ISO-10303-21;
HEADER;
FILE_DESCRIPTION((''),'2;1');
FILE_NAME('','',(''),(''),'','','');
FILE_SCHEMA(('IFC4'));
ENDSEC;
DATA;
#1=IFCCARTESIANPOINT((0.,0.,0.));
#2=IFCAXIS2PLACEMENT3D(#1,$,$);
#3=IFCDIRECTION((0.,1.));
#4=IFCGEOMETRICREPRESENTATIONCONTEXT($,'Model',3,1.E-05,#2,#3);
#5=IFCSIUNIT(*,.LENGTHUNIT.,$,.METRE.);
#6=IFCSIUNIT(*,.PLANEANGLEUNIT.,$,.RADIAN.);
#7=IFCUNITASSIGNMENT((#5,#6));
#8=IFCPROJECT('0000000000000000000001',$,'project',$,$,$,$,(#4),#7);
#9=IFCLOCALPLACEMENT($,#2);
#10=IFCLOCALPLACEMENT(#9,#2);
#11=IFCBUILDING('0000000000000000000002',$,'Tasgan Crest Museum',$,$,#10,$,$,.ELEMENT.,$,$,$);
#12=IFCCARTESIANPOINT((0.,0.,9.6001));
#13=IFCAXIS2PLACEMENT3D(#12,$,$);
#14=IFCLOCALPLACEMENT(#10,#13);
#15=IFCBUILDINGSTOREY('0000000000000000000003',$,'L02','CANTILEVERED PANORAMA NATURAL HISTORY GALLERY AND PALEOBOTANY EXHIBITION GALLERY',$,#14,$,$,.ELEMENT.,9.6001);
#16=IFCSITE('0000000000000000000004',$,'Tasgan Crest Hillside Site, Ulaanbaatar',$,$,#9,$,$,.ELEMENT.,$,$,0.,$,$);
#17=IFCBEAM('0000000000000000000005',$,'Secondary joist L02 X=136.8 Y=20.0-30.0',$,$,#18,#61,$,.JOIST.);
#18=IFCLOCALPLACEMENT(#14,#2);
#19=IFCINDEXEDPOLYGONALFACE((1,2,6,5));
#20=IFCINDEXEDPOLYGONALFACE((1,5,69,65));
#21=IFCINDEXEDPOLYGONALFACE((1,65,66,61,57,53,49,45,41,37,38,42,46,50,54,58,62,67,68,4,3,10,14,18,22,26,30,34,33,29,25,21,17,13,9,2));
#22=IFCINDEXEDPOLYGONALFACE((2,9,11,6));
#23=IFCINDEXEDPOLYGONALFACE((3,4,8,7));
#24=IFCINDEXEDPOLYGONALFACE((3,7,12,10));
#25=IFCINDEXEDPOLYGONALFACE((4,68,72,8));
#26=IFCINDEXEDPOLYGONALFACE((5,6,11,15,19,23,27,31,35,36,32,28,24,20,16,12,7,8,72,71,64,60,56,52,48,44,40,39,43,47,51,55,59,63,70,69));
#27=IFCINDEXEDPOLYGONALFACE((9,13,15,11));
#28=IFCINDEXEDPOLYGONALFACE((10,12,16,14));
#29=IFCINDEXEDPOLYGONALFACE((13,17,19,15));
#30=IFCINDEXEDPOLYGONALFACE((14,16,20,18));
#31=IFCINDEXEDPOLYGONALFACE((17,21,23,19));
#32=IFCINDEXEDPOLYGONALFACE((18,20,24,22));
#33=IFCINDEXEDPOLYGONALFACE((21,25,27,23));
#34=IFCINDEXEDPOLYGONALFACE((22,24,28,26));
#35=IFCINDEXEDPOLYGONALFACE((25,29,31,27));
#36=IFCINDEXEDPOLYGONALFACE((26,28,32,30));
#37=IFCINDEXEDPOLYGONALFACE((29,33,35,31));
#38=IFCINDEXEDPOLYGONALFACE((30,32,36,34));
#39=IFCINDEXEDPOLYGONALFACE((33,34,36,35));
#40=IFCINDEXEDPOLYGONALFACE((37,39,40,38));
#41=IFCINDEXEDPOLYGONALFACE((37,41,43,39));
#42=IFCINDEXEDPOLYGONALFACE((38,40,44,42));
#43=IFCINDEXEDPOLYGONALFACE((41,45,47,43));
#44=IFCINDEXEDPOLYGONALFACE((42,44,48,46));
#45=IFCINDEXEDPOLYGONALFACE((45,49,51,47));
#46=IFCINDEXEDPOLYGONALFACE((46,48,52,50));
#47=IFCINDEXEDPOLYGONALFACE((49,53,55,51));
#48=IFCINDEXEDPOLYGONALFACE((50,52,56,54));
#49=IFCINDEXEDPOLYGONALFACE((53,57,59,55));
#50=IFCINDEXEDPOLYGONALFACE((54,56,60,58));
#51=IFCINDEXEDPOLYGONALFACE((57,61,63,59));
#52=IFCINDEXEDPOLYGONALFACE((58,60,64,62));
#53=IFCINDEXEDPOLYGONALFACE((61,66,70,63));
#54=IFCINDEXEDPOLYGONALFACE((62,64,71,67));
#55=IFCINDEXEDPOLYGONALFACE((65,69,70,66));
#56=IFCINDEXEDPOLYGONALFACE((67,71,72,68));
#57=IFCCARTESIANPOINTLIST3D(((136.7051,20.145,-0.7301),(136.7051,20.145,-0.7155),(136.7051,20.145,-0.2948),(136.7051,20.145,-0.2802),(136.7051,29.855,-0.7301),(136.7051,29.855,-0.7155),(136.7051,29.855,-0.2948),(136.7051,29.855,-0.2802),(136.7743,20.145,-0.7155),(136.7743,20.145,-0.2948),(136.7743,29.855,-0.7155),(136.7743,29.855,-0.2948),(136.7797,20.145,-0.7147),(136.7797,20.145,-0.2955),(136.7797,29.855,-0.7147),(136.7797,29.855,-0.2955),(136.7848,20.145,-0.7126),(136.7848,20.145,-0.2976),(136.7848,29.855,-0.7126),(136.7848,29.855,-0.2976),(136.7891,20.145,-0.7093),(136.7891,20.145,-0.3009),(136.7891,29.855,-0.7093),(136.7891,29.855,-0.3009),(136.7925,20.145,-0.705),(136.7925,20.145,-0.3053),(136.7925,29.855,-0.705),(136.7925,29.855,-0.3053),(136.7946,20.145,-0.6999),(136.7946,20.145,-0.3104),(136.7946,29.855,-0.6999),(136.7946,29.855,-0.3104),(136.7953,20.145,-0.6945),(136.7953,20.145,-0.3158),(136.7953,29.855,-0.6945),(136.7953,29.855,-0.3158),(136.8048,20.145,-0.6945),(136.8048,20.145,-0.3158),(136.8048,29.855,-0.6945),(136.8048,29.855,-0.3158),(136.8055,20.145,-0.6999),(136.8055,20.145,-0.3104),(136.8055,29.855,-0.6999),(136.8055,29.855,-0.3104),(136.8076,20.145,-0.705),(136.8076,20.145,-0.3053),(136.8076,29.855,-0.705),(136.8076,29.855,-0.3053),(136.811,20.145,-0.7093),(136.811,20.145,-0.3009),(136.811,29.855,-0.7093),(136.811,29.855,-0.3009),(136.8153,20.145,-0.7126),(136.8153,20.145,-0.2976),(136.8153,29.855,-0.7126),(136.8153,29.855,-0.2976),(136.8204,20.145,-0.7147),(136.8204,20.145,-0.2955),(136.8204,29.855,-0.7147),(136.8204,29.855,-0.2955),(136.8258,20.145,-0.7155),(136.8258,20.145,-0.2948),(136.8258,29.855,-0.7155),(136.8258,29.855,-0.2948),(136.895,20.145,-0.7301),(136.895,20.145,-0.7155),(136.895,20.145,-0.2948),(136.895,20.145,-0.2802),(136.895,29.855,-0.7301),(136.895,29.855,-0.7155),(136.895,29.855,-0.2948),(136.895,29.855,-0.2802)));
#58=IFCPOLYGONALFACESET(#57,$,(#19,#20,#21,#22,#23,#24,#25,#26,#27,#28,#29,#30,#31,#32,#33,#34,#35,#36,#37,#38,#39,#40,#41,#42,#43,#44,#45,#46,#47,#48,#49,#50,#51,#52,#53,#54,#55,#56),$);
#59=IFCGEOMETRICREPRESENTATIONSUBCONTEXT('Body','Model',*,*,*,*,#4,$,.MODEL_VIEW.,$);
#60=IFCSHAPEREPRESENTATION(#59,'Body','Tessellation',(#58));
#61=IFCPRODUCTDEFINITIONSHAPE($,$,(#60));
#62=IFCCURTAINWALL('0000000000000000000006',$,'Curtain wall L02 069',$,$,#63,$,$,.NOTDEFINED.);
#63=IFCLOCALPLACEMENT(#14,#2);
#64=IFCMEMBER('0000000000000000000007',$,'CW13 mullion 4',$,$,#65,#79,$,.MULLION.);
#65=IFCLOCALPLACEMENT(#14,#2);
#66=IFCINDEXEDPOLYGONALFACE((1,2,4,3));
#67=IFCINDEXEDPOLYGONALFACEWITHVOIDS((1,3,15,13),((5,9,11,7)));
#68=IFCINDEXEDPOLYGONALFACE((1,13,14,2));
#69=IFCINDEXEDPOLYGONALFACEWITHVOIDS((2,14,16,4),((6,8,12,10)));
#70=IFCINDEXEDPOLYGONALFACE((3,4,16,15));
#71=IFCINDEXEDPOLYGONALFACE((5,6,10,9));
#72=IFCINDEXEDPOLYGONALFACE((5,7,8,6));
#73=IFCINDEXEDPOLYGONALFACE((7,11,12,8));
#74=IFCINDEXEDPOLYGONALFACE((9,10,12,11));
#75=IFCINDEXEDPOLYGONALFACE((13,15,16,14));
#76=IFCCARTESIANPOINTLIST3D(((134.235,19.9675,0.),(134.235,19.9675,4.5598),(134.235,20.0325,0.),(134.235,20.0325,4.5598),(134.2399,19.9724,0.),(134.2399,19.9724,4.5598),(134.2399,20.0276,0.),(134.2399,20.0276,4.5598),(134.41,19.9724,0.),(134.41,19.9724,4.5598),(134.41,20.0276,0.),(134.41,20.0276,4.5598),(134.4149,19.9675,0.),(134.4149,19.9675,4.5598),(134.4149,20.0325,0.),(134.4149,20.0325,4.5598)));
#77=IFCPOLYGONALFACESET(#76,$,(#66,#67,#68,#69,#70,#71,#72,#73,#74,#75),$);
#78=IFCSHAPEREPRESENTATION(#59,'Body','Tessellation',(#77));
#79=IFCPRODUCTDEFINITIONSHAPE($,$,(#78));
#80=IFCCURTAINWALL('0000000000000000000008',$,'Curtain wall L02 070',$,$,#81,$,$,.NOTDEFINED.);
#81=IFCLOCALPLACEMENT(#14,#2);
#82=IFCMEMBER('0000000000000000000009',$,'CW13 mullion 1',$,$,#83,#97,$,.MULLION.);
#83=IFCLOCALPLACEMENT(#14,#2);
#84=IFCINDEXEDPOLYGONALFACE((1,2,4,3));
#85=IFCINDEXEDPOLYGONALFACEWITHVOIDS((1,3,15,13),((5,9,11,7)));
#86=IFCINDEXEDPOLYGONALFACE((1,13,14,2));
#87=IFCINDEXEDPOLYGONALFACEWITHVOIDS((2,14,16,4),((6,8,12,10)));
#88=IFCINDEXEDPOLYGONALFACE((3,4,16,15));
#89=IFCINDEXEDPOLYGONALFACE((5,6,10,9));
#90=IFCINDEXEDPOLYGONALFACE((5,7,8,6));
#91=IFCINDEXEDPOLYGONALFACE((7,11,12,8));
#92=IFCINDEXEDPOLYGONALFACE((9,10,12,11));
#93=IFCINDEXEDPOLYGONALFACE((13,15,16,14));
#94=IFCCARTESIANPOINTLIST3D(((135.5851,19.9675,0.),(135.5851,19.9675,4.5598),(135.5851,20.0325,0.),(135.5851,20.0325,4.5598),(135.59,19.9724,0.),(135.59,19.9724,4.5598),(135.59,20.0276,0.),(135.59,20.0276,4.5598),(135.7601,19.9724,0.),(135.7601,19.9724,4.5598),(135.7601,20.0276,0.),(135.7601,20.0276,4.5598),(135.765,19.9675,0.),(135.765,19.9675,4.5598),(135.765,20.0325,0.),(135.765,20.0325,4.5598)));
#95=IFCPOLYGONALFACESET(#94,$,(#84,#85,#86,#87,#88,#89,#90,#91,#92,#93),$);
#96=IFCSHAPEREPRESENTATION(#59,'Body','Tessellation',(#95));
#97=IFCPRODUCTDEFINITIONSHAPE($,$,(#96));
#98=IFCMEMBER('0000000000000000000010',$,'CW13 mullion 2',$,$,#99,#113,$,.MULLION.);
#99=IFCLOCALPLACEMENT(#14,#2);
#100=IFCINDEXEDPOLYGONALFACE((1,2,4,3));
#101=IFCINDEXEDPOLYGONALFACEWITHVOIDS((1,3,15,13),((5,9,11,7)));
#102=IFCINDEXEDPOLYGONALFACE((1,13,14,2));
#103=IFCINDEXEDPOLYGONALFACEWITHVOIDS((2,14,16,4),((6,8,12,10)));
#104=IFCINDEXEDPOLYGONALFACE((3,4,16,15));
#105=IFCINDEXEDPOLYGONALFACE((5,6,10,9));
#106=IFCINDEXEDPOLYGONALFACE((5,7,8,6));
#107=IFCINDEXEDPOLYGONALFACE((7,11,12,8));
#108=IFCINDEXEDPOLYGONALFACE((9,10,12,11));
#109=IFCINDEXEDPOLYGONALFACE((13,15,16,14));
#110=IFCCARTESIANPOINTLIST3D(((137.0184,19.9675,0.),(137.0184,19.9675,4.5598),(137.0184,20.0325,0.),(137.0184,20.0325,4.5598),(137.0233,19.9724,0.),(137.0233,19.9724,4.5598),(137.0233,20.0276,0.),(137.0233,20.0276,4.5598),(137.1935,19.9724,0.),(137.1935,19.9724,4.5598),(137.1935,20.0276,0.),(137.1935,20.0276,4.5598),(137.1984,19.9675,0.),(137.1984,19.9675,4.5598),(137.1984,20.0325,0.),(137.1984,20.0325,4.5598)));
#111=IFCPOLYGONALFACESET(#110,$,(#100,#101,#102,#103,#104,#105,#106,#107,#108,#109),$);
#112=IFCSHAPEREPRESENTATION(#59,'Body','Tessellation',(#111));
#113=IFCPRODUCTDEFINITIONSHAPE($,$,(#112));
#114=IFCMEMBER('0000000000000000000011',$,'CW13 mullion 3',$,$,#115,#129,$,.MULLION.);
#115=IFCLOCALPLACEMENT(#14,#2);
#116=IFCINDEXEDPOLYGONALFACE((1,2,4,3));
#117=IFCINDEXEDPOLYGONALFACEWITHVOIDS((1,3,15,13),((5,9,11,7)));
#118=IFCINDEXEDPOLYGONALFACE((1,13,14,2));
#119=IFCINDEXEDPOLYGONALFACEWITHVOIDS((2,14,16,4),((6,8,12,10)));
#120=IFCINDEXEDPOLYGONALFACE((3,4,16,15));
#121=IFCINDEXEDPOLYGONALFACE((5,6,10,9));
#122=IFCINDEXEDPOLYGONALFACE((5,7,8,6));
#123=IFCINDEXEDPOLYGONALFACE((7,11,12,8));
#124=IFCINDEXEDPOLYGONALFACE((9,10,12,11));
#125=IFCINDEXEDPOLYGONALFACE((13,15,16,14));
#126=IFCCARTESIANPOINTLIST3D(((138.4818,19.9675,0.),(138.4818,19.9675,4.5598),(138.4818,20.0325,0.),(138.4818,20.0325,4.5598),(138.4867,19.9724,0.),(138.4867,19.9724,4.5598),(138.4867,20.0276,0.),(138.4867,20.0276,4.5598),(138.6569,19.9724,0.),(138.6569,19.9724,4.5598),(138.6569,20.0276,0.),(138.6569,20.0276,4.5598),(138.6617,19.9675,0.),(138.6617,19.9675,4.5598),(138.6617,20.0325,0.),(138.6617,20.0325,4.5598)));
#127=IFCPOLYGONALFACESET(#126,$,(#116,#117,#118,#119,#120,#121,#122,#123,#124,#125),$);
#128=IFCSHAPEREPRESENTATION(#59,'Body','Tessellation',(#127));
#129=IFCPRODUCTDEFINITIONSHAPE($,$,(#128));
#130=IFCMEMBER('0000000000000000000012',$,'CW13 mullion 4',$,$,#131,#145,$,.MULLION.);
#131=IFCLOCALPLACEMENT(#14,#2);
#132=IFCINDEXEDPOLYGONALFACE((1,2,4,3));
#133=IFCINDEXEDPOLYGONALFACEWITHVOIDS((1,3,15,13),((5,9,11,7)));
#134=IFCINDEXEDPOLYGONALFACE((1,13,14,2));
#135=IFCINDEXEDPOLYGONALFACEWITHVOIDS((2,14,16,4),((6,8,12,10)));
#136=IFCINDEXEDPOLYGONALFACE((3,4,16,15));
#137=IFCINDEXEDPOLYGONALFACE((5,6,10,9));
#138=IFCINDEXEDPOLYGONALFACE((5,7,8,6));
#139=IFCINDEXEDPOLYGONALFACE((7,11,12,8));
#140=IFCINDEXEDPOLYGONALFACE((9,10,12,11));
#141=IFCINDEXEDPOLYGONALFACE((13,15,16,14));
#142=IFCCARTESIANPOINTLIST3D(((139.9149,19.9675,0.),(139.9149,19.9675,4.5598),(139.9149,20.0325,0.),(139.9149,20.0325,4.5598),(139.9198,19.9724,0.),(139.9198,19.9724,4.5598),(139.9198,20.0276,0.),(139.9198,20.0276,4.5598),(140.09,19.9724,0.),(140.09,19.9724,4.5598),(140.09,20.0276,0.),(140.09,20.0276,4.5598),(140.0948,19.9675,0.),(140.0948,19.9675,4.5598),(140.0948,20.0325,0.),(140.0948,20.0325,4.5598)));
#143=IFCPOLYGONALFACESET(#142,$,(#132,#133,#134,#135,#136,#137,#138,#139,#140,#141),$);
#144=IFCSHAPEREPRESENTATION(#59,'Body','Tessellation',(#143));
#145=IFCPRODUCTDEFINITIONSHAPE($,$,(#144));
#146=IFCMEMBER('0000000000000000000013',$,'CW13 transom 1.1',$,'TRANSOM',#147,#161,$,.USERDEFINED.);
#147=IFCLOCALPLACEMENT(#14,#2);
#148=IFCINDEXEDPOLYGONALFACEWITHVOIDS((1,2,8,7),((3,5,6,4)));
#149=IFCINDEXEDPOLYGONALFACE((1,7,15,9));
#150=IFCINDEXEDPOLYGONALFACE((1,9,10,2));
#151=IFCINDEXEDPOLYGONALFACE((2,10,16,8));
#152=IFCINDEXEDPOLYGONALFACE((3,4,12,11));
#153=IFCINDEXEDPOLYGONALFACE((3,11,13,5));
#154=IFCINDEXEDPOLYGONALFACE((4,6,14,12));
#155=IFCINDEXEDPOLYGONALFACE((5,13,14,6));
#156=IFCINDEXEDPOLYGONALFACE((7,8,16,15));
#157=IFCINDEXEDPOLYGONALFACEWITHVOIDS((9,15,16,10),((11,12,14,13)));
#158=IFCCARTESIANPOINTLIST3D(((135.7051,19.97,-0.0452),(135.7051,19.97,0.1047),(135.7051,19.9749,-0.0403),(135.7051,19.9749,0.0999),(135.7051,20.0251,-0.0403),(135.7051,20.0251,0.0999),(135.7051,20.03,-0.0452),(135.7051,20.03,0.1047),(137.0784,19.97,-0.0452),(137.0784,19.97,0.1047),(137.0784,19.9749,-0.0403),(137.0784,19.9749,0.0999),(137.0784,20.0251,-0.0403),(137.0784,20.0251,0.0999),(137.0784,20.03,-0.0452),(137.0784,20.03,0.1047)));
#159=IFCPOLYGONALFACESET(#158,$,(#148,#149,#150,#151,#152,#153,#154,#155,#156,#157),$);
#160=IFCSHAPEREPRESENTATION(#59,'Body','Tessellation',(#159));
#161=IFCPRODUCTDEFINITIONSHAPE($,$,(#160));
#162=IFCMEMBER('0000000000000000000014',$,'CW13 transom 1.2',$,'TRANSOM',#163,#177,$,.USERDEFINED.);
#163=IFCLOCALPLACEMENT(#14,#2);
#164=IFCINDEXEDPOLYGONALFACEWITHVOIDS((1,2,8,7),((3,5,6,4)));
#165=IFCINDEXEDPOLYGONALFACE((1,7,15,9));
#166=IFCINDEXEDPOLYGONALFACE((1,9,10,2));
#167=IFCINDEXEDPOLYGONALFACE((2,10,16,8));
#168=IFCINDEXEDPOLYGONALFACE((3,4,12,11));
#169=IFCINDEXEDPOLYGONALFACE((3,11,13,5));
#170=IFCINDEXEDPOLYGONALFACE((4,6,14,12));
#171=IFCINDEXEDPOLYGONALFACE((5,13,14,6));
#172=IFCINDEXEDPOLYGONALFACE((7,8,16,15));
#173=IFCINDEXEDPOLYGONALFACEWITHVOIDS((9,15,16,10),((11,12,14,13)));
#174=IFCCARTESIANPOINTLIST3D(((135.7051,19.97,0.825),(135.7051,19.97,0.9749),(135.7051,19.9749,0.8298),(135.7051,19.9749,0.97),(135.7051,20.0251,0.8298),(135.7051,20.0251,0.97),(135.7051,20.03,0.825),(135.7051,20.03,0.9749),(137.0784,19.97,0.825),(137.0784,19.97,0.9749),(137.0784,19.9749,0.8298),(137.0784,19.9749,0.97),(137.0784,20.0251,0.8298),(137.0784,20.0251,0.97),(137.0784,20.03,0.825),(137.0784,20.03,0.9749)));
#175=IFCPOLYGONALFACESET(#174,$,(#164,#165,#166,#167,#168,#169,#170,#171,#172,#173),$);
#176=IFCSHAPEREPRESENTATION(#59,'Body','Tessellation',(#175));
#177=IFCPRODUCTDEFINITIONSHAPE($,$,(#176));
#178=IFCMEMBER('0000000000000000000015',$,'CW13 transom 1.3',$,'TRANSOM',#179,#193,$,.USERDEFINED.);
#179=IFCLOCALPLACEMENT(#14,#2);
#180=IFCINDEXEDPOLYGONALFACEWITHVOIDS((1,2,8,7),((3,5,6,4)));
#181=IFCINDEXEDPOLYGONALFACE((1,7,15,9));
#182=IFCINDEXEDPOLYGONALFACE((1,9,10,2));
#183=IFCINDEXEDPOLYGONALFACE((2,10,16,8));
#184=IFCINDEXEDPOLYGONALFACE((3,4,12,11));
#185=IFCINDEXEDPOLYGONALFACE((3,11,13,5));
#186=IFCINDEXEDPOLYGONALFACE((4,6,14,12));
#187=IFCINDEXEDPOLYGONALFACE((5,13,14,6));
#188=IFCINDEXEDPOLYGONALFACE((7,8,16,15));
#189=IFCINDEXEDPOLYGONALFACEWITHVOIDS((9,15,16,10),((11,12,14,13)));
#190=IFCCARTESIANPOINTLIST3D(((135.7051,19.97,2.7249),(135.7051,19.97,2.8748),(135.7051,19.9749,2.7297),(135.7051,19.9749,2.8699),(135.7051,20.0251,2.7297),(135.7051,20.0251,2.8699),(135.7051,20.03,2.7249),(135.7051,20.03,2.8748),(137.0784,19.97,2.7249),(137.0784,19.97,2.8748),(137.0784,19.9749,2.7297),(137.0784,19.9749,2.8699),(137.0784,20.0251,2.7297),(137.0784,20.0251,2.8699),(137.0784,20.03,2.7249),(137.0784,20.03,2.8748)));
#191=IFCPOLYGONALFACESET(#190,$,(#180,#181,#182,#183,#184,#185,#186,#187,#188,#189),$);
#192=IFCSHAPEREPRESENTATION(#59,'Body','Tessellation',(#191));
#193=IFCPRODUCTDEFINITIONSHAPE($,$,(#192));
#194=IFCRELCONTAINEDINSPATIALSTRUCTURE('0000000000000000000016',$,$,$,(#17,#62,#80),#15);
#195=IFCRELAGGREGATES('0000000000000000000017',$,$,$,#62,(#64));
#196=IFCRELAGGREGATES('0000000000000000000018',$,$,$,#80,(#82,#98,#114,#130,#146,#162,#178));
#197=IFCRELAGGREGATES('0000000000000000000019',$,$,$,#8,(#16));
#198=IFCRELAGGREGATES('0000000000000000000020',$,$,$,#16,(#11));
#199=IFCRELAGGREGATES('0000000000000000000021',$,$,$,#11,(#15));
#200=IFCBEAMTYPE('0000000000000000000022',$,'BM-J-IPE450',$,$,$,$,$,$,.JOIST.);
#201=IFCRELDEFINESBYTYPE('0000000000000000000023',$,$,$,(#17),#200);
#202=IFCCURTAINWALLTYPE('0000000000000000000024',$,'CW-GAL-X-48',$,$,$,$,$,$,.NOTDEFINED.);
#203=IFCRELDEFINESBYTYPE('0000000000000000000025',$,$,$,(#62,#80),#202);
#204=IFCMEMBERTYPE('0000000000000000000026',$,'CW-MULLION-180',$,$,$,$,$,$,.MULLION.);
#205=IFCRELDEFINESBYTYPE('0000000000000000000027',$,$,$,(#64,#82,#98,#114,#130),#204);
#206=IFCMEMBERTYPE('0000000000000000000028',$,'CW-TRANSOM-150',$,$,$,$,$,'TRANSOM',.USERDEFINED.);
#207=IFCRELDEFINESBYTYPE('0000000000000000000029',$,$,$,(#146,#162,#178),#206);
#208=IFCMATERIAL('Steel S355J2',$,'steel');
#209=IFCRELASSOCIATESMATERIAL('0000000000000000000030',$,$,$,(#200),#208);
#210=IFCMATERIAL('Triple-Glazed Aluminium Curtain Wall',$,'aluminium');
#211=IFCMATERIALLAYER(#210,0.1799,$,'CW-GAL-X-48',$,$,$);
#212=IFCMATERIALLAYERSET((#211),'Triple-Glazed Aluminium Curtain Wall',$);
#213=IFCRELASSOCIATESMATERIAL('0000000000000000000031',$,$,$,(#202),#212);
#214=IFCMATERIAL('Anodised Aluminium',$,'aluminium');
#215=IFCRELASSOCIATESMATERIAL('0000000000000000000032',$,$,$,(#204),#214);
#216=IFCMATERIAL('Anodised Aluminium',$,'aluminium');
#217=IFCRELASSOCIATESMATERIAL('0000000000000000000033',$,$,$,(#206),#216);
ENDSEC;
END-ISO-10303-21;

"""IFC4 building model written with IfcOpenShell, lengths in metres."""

from ifc_helpers import new_model, si_unit, direction, frame, origin, origin_2d, place, context, subcontext, project, spatial, hollow_rectangle, i_section, extrude, material, layer, layer_set, material_profile, profile_set, type_object, element, aggregate, save


model = new_model("IFC4")

# Units and contexts
model_context = context("Model", 3, precision=1e-05, world=origin(), true_north=direction((0.0, 1.0)))
body_context = subcontext(model_context, "Body", "Model", "MODEL_VIEW")
ifc_project = project(units=[si_unit("LENGTHUNIT", "METRE"), si_unit("PLANEANGLEUNIT", "RADIAN")], contexts=[model_context])

# Site, building, storey
site_placement = place(None, origin())
site = spatial("IfcSite", under=ifc_project, at=site_placement, Name="Tasgan Crest Hillside Site, Ulaanbaatar", CompositionType="ELEMENT", RefElevation=0.0)
building_placement = place(site_placement, origin())
building = spatial("IfcBuilding", under=site, at=building_placement, Name="Tasgan Crest Museum", CompositionType="ELEMENT")
storey_placement = place(building_placement, frame((0.0, 0.0, 9.6001)))
storey = spatial("IfcBuildingStorey", under=building, at=storey_placement, Name="L02", Description="CANTILEVERED PANORAMA NATURAL HISTORY GALLERY AND PALEOBOTANY EXHIBITION GALLERY", CompositionType="ELEMENT", Elevation=9.6001)

# Beam
ifc_material_1 = material(Name="Steel S355J2", Category="steel")
ifc_material_profile_1 = material_profile(ifc_material_1, i_section(OverallWidth=0.1899, OverallDepth=0.45, WebThickness=0.0095, FlangeThickness=0.0146, FilletRadius=0.021, at=origin_2d()), Name="IPE 450")
ifc_profile_set_1 = profile_set([ifc_material_profile_1], Name="Steel S355J2")
beam_type_1 = type_object("IfcBeamType", Name="BM-J-IPE450", PredefinedType="JOIST", material=ifc_profile_set_1)
beam_placement = place(storey_placement, frame((136.8, 20.145, -0.5051), z_axis=(0.0, 1.0, 0.0), x_axis=(-1.0, 0.0, 0.0)))
element("IfcBeam", 1, at=beam_placement, inside=storey, type_object=beam_type_1, Name="Secondary joist L02 X=136.8 Y=20.0-30.0", PredefinedType="JOIST", context=body_context, shape_type="SweptSolid", body=[
    extrude(i_section(OverallWidth=0.1899, OverallDepth=0.45, WebThickness=0.0095, FlangeThickness=0.0146, FilletRadius=0.021, at=origin_2d()), origin(), (0.0, 0.0, 1.0), 9.71),
])

# Curtain wall, member
ifc_material_2 = material(Name="Triple-Glazed Aluminium Curtain Wall", Category="aluminium")
ifc_layer_1 = layer(ifc_material_2, 0.1799, Name="CW-GAL-X-48")
ifc_layer_set_1 = layer_set([ifc_layer_1], Name="Triple-Glazed Aluminium Curtain Wall")
curtain_wall_type = type_object("IfcCurtainWallType", Name="CW-GAL-X-48", PredefinedType="NOTDEFINED", material=ifc_layer_set_1)
curtain_wall_1_placement = place(storey_placement, origin())
curtain_wall_1 = element("IfcCurtainWall", 2, at=curtain_wall_1_placement, inside=storey, type_object=curtain_wall_type, Name="Curtain wall L02 069", PredefinedType="NOTDEFINED")
ifc_material_3 = material(Name="Anodised Aluminium", Category="aluminium")
ifc_material_profile_2 = material_profile(ifc_material_3, hollow_rectangle(XDim=0.0649, YDim=0.1799, WallThickness=0.0049, at=origin_2d()), Name="ALU MULLION 180x65x5")
ifc_profile_set_2 = profile_set([ifc_material_profile_2], Name="Anodised Aluminium")
member_type_1 = type_object("IfcMemberType", Name="CW-MULLION-180", PredefinedType="MULLION", material=ifc_profile_set_2)
member_1_placement = place(storey_placement, frame((134.325, 20.0, 0.0), z_axis=(0.0, 0.0, 1.0), x_axis=(0.0, 1.0, 0.0)))
member_1 = element("IfcMember", 3, at=member_1_placement, type_object=member_type_1, Name="CW13 mullion 4", PredefinedType="MULLION", context=body_context, shape_type="SweptSolid", body=[
    extrude(hollow_rectangle(XDim=0.0649, YDim=0.1799, WallThickness=0.0049, at=origin_2d()), origin(), (0.0, 0.0, 1.0), 4.5598),
])
aggregate(curtain_wall_1, [member_1])

# Curtain wall, members
curtain_wall_2_placement = place(storey_placement, origin())
curtain_wall_2 = element("IfcCurtainWall", 4, at=curtain_wall_2_placement, inside=storey, type_object=curtain_wall_type, Name="Curtain wall L02 070", PredefinedType="NOTDEFINED")
member_2_placement = place(storey_placement, frame((135.675, 20.0, 0.0), z_axis=(0.0, 0.0, 1.0), x_axis=(0.0, 1.0, 0.0)))
member_2 = element("IfcMember", 5, at=member_2_placement, type_object=member_type_1, Name="CW13 mullion 1", PredefinedType="MULLION", context=body_context, shape_type="SweptSolid", body=[
    extrude(hollow_rectangle(XDim=0.0649, YDim=0.1799, WallThickness=0.0049, at=origin_2d()), origin(), (0.0, 0.0, 1.0), 4.5598),
])
member_3_placement = place(storey_placement, frame((137.1084, 20.0, 0.0), z_axis=(0.0, 0.0, 1.0), x_axis=(0.0, 1.0, 0.0)))
member_3 = element("IfcMember", 6, at=member_3_placement, type_object=member_type_1, Name="CW13 mullion 2", PredefinedType="MULLION", context=body_context, shape_type="SweptSolid", body=[
    extrude(hollow_rectangle(XDim=0.0649, YDim=0.1799, WallThickness=0.0049, at=origin_2d()), origin(), (0.0, 0.0, 1.0), 4.5598),
])
member_4_placement = place(storey_placement, frame((138.5718, 20.0, 0.0), z_axis=(0.0, 0.0, 1.0), x_axis=(0.0, 1.0, 0.0)))
member_4 = element("IfcMember", 7, at=member_4_placement, type_object=member_type_1, Name="CW13 mullion 3", PredefinedType="MULLION", context=body_context, shape_type="SweptSolid", body=[
    extrude(hollow_rectangle(XDim=0.0649, YDim=0.1799, WallThickness=0.0049, at=origin_2d()), origin(), (0.0, 0.0, 1.0), 4.5598),
])
member_5_placement = place(storey_placement, frame((140.0049, 20.0, 0.0), z_axis=(0.0, 0.0, 1.0), x_axis=(0.0, 1.0, 0.0)))
member_5 = element("IfcMember", 8, at=member_5_placement, type_object=member_type_1, Name="CW13 mullion 4", PredefinedType="MULLION", context=body_context, shape_type="SweptSolid", body=[
    extrude(hollow_rectangle(XDim=0.0649, YDim=0.1799, WallThickness=0.0049, at=origin_2d()), origin(), (0.0, 0.0, 1.0), 4.5598),
])
ifc_material_4 = material(Name="Anodised Aluminium", Category="aluminium")
ifc_material_profile_3 = material_profile(ifc_material_4, hollow_rectangle(XDim=0.0601, YDim=0.1499, WallThickness=0.0049, at=origin_2d()), Name="ALU TRANSOM 150x60x5")
ifc_profile_set_3 = profile_set([ifc_material_profile_3], Name="Anodised Aluminium")
member_type_2 = type_object("IfcMemberType", Name="CW-TRANSOM-150", ElementType="TRANSOM", PredefinedType="USERDEFINED", material=ifc_profile_set_3)
member_6_placement = place(storey_placement, frame((135.7051, 20.0, 0.0298), z_axis=(1.0, 0.0, 0.0), x_axis=(0.0, 1.0, 0.0)))
member_6 = element("IfcMember", 9, at=member_6_placement, type_object=member_type_2, Name="CW13 transom 1.1", ObjectType="TRANSOM", PredefinedType="USERDEFINED", context=body_context, shape_type="SweptSolid", body=[
    extrude(hollow_rectangle(XDim=0.0601, YDim=0.1499, WallThickness=0.0049, at=origin_2d()), origin(), (0.0, 0.0, 1.0), 1.3733),
])
member_7_placement = place(storey_placement, frame((135.7051, 20.0, 0.8999), z_axis=(1.0, 0.0, 0.0), x_axis=(0.0, 1.0, 0.0)))
member_7 = element("IfcMember", 10, at=member_7_placement, type_object=member_type_2, Name="CW13 transom 1.2", ObjectType="TRANSOM", PredefinedType="USERDEFINED", context=body_context, shape_type="SweptSolid", body=[
    extrude(hollow_rectangle(XDim=0.0601, YDim=0.1499, WallThickness=0.0049, at=origin_2d()), origin(), (0.0, 0.0, 1.0), 1.3733),
])
member_8_placement = place(storey_placement, frame((135.7051, 20.0, 2.7998), z_axis=(1.0, 0.0, 0.0), x_axis=(0.0, 1.0, 0.0)))
member_8 = element("IfcMember", 11, at=member_8_placement, type_object=member_type_2, Name="CW13 transom 1.3", ObjectType="TRANSOM", PredefinedType="USERDEFINED", context=body_context, shape_type="SweptSolid", body=[
    extrude(hollow_rectangle(XDim=0.0601, YDim=0.1499, WallThickness=0.0049, at=origin_2d()), origin(), (0.0, 0.0, 1.0), 1.3733),
])
aggregate(curtain_wall_2, [member_2, member_3, member_4, member_5, member_6, member_7, member_8])

save(model, "model.ifc")
